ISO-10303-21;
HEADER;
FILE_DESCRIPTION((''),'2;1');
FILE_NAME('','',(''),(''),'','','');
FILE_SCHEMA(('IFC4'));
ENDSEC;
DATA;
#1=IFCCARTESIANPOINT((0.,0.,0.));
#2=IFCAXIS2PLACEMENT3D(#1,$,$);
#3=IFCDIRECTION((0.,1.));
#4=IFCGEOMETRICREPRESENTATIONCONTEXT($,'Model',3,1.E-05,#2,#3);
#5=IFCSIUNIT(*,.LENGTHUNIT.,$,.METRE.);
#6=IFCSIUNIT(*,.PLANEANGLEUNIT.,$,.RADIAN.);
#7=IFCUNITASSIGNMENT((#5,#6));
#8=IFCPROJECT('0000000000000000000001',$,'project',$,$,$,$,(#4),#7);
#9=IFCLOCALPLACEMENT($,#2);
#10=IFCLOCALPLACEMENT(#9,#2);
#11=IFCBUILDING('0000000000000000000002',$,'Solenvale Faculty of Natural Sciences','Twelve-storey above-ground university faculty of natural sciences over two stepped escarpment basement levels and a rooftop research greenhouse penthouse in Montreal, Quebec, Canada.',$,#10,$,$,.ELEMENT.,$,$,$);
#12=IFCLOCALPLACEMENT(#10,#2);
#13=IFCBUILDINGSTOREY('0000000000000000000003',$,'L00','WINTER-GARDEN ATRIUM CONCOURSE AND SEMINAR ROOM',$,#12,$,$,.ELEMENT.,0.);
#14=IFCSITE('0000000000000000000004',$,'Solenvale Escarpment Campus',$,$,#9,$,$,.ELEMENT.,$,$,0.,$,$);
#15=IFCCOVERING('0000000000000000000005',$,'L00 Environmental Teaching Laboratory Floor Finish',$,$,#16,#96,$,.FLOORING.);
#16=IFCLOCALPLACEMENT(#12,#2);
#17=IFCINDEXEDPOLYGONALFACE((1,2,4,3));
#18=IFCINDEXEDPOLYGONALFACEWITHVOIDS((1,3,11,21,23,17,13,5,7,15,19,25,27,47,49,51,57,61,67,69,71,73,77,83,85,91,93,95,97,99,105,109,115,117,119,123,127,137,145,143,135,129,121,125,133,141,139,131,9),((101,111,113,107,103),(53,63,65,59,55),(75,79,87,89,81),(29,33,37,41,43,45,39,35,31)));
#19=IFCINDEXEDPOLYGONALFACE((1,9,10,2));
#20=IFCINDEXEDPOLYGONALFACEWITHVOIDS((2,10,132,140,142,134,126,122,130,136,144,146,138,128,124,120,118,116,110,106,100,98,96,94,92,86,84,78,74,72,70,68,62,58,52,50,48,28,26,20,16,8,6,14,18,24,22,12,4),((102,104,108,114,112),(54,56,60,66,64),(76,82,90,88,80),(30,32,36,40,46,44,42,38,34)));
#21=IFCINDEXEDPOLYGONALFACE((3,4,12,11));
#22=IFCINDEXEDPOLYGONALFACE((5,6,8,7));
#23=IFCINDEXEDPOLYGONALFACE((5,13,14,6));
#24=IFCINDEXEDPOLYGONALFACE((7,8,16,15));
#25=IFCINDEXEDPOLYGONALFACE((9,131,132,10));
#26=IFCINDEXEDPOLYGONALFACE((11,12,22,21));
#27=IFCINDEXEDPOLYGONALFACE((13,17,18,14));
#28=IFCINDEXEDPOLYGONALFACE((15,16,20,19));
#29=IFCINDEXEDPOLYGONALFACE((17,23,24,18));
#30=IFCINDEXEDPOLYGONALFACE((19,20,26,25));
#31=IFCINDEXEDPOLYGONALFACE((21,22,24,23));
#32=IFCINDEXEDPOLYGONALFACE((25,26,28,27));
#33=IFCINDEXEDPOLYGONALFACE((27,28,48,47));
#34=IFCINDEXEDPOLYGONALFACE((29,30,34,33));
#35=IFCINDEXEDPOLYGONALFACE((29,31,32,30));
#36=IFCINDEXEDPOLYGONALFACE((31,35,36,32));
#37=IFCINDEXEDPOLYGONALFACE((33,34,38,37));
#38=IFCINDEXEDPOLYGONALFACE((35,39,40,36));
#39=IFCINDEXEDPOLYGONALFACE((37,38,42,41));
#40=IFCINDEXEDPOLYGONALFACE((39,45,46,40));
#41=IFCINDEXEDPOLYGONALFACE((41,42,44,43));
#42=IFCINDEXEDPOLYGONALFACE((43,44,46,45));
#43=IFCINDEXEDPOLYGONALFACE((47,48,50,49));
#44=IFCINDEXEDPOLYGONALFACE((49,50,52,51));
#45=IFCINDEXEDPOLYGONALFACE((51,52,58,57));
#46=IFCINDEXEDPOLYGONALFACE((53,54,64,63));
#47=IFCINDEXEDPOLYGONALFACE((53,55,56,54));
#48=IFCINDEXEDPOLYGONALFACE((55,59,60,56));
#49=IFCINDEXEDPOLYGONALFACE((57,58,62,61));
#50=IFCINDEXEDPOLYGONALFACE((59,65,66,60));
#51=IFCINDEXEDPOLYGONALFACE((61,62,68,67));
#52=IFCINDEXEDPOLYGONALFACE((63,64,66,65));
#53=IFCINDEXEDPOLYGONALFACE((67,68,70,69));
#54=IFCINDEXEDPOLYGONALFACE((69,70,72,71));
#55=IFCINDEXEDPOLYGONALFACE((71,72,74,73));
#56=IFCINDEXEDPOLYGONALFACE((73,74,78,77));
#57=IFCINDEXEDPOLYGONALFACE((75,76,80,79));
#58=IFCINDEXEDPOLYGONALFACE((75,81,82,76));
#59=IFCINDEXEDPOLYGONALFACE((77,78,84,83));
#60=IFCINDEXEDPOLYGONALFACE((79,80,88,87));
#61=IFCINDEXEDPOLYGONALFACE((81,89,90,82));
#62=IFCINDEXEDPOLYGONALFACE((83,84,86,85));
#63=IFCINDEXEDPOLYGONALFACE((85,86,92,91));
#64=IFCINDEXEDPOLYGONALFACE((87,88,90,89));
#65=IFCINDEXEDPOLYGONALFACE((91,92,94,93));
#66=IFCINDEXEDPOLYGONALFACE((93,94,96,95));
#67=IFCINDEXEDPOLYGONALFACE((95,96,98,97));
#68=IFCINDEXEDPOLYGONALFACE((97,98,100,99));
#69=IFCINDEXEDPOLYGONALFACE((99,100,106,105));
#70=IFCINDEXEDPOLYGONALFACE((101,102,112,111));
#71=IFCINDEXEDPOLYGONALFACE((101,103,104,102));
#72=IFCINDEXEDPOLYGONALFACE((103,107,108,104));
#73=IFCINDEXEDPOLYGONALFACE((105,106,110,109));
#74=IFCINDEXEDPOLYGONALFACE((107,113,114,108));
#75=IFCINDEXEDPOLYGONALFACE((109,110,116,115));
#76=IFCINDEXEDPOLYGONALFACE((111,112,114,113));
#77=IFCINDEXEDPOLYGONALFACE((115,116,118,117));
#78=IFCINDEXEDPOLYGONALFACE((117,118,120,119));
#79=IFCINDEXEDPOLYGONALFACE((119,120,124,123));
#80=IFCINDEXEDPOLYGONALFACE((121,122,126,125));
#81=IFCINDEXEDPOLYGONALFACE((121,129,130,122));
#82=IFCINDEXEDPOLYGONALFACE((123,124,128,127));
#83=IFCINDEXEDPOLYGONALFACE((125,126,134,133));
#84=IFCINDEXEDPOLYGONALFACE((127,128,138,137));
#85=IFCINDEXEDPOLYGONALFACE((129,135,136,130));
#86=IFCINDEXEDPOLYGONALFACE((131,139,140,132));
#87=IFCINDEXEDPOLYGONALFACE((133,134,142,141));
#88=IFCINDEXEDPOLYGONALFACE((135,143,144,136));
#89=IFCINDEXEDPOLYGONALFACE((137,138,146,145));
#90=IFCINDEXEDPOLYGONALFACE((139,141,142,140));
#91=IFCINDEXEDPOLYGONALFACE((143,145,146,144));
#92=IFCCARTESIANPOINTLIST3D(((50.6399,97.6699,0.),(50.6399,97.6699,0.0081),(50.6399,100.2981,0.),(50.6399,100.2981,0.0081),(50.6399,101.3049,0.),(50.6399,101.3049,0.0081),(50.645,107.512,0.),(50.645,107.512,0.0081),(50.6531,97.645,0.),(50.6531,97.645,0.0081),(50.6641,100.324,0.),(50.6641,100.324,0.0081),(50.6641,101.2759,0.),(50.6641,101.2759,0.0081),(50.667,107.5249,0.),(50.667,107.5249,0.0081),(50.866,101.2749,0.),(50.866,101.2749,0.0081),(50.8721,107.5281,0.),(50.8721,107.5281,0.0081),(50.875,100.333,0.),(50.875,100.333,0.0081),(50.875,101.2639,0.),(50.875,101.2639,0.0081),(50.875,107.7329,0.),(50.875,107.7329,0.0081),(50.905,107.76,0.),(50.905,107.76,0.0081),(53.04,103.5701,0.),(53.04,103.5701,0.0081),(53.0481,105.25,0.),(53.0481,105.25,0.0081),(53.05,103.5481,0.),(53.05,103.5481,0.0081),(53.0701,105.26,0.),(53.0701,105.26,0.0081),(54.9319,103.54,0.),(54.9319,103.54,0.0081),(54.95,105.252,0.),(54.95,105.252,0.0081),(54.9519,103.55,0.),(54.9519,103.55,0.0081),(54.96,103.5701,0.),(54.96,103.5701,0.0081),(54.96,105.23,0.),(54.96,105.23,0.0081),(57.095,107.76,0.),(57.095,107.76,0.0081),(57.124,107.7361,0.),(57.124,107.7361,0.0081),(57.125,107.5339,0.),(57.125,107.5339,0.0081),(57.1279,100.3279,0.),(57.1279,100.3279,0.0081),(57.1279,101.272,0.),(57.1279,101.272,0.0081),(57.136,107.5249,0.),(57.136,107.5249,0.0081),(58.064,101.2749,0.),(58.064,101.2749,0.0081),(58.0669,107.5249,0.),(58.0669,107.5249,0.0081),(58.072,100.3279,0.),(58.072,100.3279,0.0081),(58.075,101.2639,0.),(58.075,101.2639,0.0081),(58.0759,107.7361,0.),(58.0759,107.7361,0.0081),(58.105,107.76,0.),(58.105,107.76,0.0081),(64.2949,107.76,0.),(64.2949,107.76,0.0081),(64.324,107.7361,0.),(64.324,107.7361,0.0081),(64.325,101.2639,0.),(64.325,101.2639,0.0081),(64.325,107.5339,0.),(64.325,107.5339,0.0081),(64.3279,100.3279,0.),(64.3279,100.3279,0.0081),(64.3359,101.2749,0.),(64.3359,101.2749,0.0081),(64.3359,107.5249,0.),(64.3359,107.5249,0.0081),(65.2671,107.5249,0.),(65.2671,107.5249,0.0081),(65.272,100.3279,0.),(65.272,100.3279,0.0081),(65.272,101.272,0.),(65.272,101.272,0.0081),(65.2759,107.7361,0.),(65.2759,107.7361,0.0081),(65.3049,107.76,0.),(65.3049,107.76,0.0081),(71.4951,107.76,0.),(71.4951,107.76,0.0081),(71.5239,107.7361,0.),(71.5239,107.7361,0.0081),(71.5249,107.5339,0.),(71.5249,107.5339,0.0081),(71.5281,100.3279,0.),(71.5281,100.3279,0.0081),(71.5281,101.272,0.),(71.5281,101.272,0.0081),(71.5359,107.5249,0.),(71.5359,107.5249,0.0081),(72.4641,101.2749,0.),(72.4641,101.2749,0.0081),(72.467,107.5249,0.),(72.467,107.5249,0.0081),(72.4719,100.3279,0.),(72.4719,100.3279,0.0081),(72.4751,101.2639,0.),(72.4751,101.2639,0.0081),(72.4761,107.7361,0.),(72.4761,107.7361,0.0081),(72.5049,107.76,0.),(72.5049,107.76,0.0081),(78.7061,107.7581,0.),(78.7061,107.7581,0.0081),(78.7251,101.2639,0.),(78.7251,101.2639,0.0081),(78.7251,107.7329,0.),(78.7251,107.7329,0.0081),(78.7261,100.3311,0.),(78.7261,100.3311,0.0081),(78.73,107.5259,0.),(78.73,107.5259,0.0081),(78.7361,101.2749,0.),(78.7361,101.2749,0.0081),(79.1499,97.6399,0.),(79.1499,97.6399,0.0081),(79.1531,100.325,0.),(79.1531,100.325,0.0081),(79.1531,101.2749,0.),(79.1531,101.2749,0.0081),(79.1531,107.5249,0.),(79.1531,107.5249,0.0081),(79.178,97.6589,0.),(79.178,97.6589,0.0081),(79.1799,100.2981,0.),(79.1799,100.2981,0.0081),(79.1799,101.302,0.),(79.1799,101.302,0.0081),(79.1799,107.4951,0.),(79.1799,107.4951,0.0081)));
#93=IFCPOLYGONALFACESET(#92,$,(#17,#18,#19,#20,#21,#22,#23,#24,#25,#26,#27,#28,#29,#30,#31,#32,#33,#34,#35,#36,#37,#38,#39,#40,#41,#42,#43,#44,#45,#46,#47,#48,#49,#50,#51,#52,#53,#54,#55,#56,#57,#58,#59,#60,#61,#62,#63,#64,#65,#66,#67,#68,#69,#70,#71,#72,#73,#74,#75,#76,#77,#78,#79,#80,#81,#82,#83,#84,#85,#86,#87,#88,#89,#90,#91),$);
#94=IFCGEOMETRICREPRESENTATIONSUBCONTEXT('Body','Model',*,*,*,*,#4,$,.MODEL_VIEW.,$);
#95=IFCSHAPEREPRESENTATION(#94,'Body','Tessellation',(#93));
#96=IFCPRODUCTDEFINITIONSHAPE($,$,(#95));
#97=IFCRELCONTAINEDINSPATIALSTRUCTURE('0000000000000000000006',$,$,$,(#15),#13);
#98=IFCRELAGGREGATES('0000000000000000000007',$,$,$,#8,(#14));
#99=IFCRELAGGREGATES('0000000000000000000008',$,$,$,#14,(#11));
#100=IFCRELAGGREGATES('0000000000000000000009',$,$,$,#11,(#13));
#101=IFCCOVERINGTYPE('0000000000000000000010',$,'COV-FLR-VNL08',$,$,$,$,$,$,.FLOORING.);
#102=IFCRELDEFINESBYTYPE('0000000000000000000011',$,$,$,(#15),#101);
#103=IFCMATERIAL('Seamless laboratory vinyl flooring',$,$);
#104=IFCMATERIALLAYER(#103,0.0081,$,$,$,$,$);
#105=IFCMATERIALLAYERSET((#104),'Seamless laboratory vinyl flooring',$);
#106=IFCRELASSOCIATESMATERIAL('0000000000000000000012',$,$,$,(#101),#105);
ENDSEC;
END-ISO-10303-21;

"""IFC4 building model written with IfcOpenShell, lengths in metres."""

from ifc_helpers import new_model, si_unit, direction, origin, place, context, subcontext, project, spatial, polyline, outline, extrude, material, layer, layer_set, type_object, element, save


model = new_model("IFC4")

# Units and contexts
model_context = context("Model", 3, precision=1e-05, world=origin(), true_north=direction((0.0, 1.0)))
body_context = subcontext(model_context, "Body", "Model", "MODEL_VIEW")
ifc_project = project(units=[si_unit("LENGTHUNIT", "METRE"), si_unit("PLANEANGLEUNIT", "RADIAN")], contexts=[model_context])

# Site, building, storey
site_placement = place(None, origin())
site = spatial("IfcSite", under=ifc_project, at=site_placement, Name="Solenvale Escarpment Campus", CompositionType="ELEMENT", RefElevation=0.0)
building_placement = place(site_placement, origin())
building = spatial("IfcBuilding", under=site, at=building_placement, Name="Solenvale Faculty of Natural Sciences", Description="Twelve-storey above-ground university faculty of natural sciences over two stepped escarpment basement levels and a rooftop research greenhouse penthouse in Montreal, Quebec, Canada.", CompositionType="ELEMENT")
storey_placement = place(building_placement, origin())
storey = spatial("IfcBuildingStorey", under=building, at=storey_placement, Name="L00", Description="WINTER-GARDEN ATRIUM CONCOURSE AND SEMINAR ROOM", CompositionType="ELEMENT", Elevation=0.0)

# Covering
ifc_material_1 = material(Name="Seamless laboratory vinyl flooring")
ifc_layer_1 = layer(ifc_material_1, 0.0081)
ifc_layer_set_1 = layer_set([ifc_layer_1], Name="Seamless laboratory vinyl flooring")
covering_type_1 = type_object("IfcCoveringType", Name="COV-FLR-VNL08", PredefinedType="FLOORING", material=ifc_layer_set_1)
covering_1_placement = place(storey_placement, origin())
element("IfcCovering", 1, at=covering_1_placement, inside=storey, type_object=covering_type_1, Name="L00 Environmental Teaching Laboratory Floor Finish", PredefinedType="FLOORING", context=body_context, shape_type="SweptSolid", body=[
    extrude(outline(polyline([(57.095, 107.76), (57.124, 107.7361), (57.125, 107.5339), (57.136, 107.5249), (58.0669, 107.5249), (58.0759, 107.7361), (58.105, 107.76), (64.2949, 107.76), (64.324, 107.7361), (64.325, 107.5339), (64.3359, 107.5249), (65.2671, 107.5249), (65.2759, 107.7361), (65.3049, 107.76), (71.4951, 107.76), (71.5239, 107.7361), (71.5249, 107.5339), (71.5359, 107.5249), (72.467, 107.5249), (72.4761, 107.7361), (72.5049, 107.76), (78.7061, 107.7581), (78.7251, 107.7329), (78.73, 107.5259), (79.1531, 107.5249), (79.1799, 107.4951), (79.1799, 101.302), (79.1531, 101.2749), (78.7361, 101.2749), (78.7251, 101.2639), (78.7261, 100.3311), (79.1531, 100.325), (79.1799, 100.2981), (79.178, 97.6589), (79.1499, 97.6399), (50.6531, 97.645), (50.6399, 97.6699), (50.6399, 100.2981), (50.6641, 100.324), (50.875, 100.333), (50.875, 101.2639), (50.866, 101.2749), (50.6641, 101.2759), (50.6399, 101.3049), (50.645, 107.512), (50.667, 107.5249), (50.8721, 107.5281), (50.875, 107.7329), (50.905, 107.76), (57.095, 107.76)]), holes=[polyline([(72.4751, 101.2639), (72.4641, 101.2749), (71.5281, 101.272), (71.5281, 100.3279), (72.4719, 100.3279), (72.4751, 101.2639)]), polyline([(64.3359, 101.2749), (64.325, 101.2639), (64.3279, 100.3279), (65.272, 100.3279), (65.272, 101.272), (64.3359, 101.2749)]), polyline([(58.075, 101.2639), (58.064, 101.2749), (57.1279, 101.272), (57.1279, 100.3279), (58.072, 100.3279), (58.075, 101.2639)]), polyline([(54.9319, 103.54), (54.9519, 103.55), (54.96, 103.5701), (54.96, 105.23), (54.95, 105.252), (53.0701, 105.26), (53.0481, 105.25), (53.04, 103.5701), (53.05, 103.5481), (54.9319, 103.54)])]), origin(), (0.0, 0.0, 1.0), 0.0081),
])

save(model, "model.ifc")
